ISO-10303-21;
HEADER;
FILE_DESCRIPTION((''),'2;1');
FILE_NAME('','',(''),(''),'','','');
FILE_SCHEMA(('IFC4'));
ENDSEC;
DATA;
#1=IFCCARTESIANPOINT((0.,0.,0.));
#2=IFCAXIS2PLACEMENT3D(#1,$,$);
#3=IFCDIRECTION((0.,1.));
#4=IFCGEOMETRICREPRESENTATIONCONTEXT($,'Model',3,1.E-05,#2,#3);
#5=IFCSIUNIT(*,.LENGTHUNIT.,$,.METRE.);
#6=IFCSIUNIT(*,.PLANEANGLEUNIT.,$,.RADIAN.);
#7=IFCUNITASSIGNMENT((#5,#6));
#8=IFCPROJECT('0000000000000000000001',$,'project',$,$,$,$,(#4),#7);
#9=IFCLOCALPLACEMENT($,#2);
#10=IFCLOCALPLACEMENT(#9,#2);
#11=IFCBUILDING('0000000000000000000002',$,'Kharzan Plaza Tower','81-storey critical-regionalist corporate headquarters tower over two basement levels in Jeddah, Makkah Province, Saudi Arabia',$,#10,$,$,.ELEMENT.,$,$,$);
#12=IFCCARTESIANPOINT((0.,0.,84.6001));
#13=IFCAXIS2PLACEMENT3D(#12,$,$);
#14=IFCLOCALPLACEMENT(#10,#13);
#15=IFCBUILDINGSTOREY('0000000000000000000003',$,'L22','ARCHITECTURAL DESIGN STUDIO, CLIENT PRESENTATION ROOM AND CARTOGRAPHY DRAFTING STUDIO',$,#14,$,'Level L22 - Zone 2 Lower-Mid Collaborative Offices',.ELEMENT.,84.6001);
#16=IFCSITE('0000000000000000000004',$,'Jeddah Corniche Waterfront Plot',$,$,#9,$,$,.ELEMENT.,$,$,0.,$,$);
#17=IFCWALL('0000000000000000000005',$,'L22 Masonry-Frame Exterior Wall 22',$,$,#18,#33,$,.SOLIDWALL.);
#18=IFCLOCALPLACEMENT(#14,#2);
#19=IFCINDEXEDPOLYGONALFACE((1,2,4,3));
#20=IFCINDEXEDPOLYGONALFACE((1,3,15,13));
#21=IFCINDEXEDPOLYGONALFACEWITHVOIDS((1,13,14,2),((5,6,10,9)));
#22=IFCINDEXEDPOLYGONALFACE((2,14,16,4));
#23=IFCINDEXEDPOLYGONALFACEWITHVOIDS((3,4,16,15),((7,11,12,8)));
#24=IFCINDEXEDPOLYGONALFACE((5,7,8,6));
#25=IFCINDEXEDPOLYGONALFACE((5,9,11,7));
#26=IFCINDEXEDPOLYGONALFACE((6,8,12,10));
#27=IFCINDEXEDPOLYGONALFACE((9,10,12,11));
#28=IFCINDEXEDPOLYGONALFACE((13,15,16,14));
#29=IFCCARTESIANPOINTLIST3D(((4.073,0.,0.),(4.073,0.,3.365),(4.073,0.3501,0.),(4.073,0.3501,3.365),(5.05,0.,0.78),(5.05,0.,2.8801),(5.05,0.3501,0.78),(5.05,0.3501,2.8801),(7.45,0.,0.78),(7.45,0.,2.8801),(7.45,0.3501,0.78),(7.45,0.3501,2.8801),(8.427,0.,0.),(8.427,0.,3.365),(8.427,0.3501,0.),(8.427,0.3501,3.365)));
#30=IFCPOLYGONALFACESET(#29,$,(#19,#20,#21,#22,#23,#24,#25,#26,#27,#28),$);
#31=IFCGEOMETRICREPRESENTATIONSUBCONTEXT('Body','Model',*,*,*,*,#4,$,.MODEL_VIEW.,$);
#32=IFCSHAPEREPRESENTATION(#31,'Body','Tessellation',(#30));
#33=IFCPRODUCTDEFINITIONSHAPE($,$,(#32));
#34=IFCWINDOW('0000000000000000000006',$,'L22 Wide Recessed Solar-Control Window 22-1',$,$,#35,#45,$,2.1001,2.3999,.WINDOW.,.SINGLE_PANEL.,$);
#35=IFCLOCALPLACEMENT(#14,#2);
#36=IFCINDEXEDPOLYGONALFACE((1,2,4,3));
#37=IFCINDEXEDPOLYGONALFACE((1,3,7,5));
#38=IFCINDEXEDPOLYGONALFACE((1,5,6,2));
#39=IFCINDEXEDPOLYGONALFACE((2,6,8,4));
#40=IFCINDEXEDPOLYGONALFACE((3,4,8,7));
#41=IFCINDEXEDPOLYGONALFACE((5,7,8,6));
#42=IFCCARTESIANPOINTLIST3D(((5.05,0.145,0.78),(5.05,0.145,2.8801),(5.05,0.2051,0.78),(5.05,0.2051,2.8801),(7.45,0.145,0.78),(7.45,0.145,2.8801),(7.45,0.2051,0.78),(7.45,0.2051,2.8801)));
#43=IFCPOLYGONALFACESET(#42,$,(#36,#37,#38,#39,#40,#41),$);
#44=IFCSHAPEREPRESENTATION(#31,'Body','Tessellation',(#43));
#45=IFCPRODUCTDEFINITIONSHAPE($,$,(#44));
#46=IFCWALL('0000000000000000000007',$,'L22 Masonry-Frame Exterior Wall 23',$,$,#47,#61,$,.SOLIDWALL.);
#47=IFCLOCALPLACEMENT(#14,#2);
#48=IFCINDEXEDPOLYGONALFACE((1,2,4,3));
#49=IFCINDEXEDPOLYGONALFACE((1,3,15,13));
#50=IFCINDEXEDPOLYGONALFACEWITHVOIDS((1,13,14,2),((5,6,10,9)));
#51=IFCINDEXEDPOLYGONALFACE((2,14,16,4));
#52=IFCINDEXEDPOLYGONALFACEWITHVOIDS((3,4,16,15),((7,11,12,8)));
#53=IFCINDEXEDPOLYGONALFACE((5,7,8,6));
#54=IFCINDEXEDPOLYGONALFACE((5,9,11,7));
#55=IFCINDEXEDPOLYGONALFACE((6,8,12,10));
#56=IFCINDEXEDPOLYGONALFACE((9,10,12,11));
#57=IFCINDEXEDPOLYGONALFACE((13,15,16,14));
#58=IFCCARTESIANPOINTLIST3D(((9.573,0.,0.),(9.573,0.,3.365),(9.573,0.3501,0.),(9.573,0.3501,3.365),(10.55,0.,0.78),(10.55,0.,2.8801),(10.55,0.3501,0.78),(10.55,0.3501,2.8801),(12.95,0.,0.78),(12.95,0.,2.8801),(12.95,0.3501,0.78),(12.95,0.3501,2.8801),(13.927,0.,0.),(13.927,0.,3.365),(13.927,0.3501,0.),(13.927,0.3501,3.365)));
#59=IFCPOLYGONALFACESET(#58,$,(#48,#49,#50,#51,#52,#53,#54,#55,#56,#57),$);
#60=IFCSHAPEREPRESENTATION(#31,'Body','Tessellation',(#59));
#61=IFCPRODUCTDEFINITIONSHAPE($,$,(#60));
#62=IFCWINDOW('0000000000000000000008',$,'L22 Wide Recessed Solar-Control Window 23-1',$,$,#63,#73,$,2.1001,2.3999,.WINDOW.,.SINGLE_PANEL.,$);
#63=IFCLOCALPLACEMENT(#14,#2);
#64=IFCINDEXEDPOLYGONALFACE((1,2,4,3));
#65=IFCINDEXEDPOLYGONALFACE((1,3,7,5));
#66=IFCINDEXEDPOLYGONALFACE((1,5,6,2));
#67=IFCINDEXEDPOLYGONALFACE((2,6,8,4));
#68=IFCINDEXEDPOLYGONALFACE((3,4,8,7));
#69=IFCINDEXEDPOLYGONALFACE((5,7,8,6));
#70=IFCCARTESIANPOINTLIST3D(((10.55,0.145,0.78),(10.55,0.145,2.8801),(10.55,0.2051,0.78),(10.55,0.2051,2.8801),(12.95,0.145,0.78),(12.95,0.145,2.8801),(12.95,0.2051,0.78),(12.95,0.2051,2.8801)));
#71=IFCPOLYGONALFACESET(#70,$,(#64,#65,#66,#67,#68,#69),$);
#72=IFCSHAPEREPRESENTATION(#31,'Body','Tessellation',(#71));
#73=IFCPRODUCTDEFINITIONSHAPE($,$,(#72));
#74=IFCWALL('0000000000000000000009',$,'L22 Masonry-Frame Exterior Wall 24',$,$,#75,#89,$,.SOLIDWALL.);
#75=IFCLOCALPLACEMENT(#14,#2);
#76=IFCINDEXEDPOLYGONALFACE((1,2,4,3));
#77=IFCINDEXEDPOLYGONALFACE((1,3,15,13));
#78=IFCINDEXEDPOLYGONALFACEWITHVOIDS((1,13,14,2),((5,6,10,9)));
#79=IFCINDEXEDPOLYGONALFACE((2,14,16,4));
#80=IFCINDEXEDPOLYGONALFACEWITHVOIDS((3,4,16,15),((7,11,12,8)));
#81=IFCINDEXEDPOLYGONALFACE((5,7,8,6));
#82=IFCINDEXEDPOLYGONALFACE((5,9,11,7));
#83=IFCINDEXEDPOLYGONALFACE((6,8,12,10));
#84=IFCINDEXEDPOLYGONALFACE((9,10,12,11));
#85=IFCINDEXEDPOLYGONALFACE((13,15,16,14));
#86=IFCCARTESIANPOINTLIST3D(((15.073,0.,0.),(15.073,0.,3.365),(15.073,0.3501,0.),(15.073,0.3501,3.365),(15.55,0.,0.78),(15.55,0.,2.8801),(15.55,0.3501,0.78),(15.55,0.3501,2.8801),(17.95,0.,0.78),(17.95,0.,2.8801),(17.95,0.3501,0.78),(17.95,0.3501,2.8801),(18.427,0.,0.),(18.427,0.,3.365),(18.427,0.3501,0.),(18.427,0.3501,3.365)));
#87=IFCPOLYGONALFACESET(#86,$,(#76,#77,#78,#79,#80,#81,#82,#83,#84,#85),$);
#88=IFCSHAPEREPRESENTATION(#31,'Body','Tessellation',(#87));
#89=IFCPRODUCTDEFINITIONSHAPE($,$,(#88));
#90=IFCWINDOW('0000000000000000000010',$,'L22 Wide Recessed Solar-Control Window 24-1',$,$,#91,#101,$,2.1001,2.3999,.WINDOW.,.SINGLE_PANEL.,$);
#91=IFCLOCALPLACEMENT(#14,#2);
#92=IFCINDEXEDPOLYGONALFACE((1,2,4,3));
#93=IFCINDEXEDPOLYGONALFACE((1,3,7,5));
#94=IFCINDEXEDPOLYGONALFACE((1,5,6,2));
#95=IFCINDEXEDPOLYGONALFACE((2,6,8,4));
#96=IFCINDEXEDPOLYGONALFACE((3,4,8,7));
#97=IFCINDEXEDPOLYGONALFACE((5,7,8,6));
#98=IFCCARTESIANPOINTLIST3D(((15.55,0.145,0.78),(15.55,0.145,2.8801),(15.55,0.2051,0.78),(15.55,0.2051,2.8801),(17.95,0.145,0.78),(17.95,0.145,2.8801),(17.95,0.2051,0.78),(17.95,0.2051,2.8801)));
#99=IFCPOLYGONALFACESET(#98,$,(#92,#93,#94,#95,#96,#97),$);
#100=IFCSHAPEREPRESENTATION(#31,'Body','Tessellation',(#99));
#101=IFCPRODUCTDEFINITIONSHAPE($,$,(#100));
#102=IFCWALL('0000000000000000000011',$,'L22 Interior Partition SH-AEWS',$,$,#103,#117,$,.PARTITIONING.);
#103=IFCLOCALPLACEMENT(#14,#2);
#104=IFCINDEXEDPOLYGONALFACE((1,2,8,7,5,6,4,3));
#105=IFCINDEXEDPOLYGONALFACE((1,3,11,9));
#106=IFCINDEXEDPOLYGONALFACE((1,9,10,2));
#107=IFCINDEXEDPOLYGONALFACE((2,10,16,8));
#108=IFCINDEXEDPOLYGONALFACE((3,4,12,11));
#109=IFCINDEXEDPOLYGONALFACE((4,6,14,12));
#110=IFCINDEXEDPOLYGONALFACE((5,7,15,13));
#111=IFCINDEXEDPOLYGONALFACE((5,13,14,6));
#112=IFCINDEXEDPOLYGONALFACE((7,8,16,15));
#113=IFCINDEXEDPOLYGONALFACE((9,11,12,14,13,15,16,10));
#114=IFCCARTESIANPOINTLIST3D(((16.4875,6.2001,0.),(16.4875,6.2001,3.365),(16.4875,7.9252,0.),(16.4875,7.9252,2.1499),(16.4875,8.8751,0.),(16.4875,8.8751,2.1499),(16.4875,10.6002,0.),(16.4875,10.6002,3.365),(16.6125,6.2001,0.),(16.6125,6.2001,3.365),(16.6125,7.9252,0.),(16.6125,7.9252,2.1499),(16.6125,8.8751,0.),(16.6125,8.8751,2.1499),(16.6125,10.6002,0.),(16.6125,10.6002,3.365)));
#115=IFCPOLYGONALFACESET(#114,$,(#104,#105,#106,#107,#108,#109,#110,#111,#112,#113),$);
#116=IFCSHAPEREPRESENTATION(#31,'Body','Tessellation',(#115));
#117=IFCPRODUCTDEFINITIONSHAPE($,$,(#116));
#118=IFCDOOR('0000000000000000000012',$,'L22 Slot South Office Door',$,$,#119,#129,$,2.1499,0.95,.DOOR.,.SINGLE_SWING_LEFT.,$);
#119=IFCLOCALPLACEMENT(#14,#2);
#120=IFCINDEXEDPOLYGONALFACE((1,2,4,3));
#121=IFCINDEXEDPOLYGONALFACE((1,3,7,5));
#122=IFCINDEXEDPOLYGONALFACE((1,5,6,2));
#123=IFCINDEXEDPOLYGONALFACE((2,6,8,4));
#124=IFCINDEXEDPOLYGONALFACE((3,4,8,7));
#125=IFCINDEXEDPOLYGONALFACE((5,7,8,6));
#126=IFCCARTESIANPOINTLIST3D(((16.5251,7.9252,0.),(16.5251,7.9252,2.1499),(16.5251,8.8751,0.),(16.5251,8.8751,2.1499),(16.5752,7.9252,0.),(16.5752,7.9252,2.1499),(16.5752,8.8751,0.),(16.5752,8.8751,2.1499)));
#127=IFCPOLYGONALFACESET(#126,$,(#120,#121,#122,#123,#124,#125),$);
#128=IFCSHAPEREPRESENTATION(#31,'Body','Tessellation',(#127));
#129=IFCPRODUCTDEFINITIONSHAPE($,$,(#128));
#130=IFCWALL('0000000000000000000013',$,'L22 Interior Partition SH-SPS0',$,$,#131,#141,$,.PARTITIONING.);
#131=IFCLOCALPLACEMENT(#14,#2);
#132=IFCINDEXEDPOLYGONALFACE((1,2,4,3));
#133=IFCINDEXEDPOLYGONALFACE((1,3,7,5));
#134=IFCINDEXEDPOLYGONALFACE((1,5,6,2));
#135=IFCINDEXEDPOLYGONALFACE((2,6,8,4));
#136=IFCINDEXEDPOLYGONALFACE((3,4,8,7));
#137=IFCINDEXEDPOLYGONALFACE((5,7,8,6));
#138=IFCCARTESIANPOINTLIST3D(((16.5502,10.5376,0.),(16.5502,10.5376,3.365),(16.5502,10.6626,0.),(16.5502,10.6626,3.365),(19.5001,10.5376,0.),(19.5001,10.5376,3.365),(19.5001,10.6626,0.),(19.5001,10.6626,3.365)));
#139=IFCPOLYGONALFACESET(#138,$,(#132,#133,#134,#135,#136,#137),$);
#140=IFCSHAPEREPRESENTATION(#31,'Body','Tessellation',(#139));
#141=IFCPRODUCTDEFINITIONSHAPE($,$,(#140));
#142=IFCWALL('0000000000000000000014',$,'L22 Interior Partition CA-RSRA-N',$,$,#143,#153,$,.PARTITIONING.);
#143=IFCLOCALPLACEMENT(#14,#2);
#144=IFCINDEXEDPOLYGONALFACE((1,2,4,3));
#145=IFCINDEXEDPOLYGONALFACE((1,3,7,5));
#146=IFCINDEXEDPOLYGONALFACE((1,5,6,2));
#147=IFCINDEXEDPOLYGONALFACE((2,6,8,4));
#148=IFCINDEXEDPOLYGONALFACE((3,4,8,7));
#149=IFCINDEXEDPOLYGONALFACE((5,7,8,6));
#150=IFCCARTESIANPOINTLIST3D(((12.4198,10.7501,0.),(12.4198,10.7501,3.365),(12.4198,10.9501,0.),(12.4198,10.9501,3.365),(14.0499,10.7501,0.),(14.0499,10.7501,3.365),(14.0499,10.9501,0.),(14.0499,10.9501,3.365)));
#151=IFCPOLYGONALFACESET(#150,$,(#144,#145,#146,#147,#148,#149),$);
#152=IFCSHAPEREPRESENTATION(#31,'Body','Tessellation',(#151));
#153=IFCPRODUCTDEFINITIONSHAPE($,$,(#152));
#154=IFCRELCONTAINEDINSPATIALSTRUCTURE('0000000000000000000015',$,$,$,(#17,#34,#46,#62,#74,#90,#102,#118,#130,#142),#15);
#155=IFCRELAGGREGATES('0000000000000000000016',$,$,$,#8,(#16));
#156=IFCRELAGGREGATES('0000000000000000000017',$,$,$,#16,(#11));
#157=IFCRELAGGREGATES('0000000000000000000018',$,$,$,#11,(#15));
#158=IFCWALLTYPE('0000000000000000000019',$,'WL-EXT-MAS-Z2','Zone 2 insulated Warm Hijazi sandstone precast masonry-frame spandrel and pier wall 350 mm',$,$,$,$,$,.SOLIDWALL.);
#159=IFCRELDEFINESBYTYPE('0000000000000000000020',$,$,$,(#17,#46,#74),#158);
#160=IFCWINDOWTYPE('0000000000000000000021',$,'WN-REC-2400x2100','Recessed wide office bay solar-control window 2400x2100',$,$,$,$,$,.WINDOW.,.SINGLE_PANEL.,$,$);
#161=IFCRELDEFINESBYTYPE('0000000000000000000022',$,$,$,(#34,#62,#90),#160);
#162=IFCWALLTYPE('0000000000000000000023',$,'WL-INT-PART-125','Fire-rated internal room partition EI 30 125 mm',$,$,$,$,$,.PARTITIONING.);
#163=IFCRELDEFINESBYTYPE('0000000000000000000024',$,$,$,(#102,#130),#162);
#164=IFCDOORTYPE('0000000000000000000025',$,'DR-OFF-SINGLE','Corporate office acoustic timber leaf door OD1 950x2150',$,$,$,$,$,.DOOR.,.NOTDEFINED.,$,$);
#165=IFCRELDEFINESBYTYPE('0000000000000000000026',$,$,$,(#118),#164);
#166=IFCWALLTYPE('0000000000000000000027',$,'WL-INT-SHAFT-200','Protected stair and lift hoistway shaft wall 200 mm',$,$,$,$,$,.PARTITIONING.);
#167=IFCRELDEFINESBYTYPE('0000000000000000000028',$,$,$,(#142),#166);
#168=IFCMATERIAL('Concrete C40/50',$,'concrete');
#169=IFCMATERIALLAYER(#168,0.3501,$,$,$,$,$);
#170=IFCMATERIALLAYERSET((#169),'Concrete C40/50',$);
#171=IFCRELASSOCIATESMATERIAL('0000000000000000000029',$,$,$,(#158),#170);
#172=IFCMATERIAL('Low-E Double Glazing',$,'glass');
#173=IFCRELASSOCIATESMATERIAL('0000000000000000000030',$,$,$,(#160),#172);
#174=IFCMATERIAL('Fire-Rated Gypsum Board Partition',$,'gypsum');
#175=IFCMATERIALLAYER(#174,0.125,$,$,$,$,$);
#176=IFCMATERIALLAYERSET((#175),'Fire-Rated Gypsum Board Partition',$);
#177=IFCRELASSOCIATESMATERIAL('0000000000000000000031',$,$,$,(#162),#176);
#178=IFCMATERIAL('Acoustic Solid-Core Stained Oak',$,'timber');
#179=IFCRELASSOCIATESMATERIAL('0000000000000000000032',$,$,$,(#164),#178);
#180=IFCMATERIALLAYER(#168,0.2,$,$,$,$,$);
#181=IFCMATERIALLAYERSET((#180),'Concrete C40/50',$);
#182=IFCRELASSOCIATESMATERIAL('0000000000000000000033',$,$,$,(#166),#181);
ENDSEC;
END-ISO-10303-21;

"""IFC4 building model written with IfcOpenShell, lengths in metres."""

from ifc_helpers import new_model, si_unit, direction, frame, frame_2d, origin, place, context, subcontext, project, spatial, rectangle, extrude, source, transform, mapped, material, layer, layer_set, type_object, element, fill, save


model = new_model("IFC4")

# Units and contexts
model_context = context("Model", 3, precision=1e-05, world=origin(), true_north=direction((0.0, 1.0)))
body_context = subcontext(model_context, "Body", "Model", "MODEL_VIEW")
ifc_project = project(units=[si_unit("LENGTHUNIT", "METRE"), si_unit("PLANEANGLEUNIT", "RADIAN")], contexts=[model_context])

# Site, building, storey
site_placement = place(None, origin())
site = spatial("IfcSite", under=ifc_project, at=site_placement, Name="Jeddah Corniche Waterfront Plot", CompositionType="ELEMENT", RefElevation=0.0)
building_placement = place(site_placement, origin())
building = spatial("IfcBuilding", under=site, at=building_placement, Name="Kharzan Plaza Tower", Description="81-storey critical-regionalist corporate headquarters tower over two basement levels in Jeddah, Makkah Province, Saudi Arabia", CompositionType="ELEMENT")
storey_placement = place(building_placement, frame((0.0, 0.0, 84.6001)))
storey = spatial("IfcBuildingStorey", under=building, at=storey_placement, Name="L22", Description="ARCHITECTURAL DESIGN STUDIO, CLIENT PRESENTATION ROOM AND CARTOGRAPHY DRAFTING STUDIO", LongName="Level L22 - Zone 2 Lower-Mid Collaborative Offices", CompositionType="ELEMENT", Elevation=84.6001)

# Walls, openings, windows
ifc_material_1 = material(Name="Concrete C40/50", Category="concrete")
ifc_layer_1 = layer(ifc_material_1, 0.3501)
ifc_layer_set_1 = layer_set([ifc_layer_1], Name="Concrete C40/50")
wall_type_1 = type_object("IfcWallType", Name="WL-EXT-MAS-Z2", Description="Zone 2 insulated Warm Hijazi sandstone precast masonry-frame spandrel and pier wall 350 mm", PredefinedType="SOLIDWALL", material=ifc_layer_set_1)
wall_1_placement = place(storey_placement, frame((4.073, 0.175, 0.0), z_axis=(0.0, 0.0, 1.0), x_axis=(1.0, 0.0, 0.0)))
wall_1 = element("IfcWall", 1, at=wall_1_placement, inside=storey, type_object=wall_type_1, Name="L22 Masonry-Frame Exterior Wall 22", PredefinedType="SOLIDWALL", context=body_context, shape_type="SweptSolid", body=[
    extrude(rectangle(XDim=4.354, YDim=0.3501, at=frame_2d((2.177, 0.0))), origin(), (0.0, 0.0, 1.0), 3.365),
])
opening_1_placement = place(wall_1_placement, frame((0.9771, 0.0, 0.78)))
opening_1 = element("IfcOpeningElement", 2, at=opening_1_placement, cuts=wall_1, PredefinedType="OPENING", context=body_context, shape_type="SweptSolid", body=[
    extrude(rectangle(XDim=2.3999, YDim=2.1001, at=frame_2d((1.2, 1.05))), frame((0.0, 0.1851, 0.0), z_axis=(0.0, -1.0, 0.0), x_axis=(1.0, 0.0, 0.0)), (0.0, 0.0, 1.0), 0.3701),
])
ifc_material_2 = material(Name="Low-E Double Glazing", Category="glass")
window_type = type_object("IfcWindowType", Name="WN-REC-2400x2100", Description="Recessed wide office bay solar-control window 2400x2100", PartitioningType="SINGLE_PANEL", PredefinedType="WINDOW", material=ifc_material_2)
shared_shape_1 = source(origin(), body_context, "Body", "SweptSolid", [
    extrude(rectangle(XDim=2.3999, YDim=2.1001, at=frame_2d((1.2, 1.05))), frame((0.0, 0.03, 0.0), z_axis=(0.0, -1.0, 0.0), x_axis=(1.0, 0.0, 0.0)), (0.0, 0.0, 1.0), 0.0601),
])
window_1_placement = place(opening_1_placement, origin())
window_1 = element("IfcWindow", 3, at=window_1_placement, inside=storey, type_object=window_type, Name="L22 Wide Recessed Solar-Control Window 22-1", OverallHeight=2.1001, OverallWidth=2.3999, PartitioningType="SINGLE_PANEL", PredefinedType="WINDOW", context=body_context, shape_type="MappedRepresentation", body=[
    mapped(shared_shape_1, transform((0.0, 0.0, 0.0), x_axis=(1.0, 0.0, 0.0), y_axis=(0.0, 1.0, 0.0), z_axis=(0.0, 0.0, 1.0))),
])
fill(opening_1, window_1)
wall_2_placement = place(storey_placement, frame((9.573, 0.175, 0.0), z_axis=(0.0, 0.0, 1.0), x_axis=(1.0, 0.0, 0.0)))
wall_2 = element("IfcWall", 4, at=wall_2_placement, inside=storey, type_object=wall_type_1, Name="L22 Masonry-Frame Exterior Wall 23", PredefinedType="SOLIDWALL", context=body_context, shape_type="SweptSolid", body=[
    extrude(rectangle(XDim=4.354, YDim=0.3501, at=frame_2d((2.177, 0.0))), origin(), (0.0, 0.0, 1.0), 3.365),
])
opening_2_placement = place(wall_2_placement, frame((0.9771, 0.0, 0.78)))
opening_2 = element("IfcOpeningElement", 5, at=opening_2_placement, cuts=wall_2, PredefinedType="OPENING", context=body_context, shape_type="SweptSolid", body=[
    extrude(rectangle(XDim=2.3999, YDim=2.1001, at=frame_2d((1.2, 1.05))), frame((0.0, 0.1851, 0.0), z_axis=(0.0, -1.0, 0.0), x_axis=(1.0, 0.0, 0.0)), (0.0, 0.0, 1.0), 0.3701),
])
window_2_placement = place(opening_2_placement, origin())
window_2 = element("IfcWindow", 6, at=window_2_placement, inside=storey, type_object=window_type, Name="L22 Wide Recessed Solar-Control Window 23-1", OverallHeight=2.1001, OverallWidth=2.3999, PartitioningType="SINGLE_PANEL", PredefinedType="WINDOW", context=body_context, shape_type="MappedRepresentation", body=[
    mapped(shared_shape_1, transform((0.0, 0.0, 0.0), x_axis=(1.0, 0.0, 0.0), y_axis=(0.0, 1.0, 0.0), z_axis=(0.0, 0.0, 1.0))),
])
fill(opening_2, window_2)
wall_3_placement = place(storey_placement, frame((15.073, 0.175, 0.0), z_axis=(0.0, 0.0, 1.0), x_axis=(1.0, 0.0, 0.0)))
wall_3 = element("IfcWall", 7, at=wall_3_placement, inside=storey, type_object=wall_type_1, Name="L22 Masonry-Frame Exterior Wall 24", PredefinedType="SOLIDWALL", context=body_context, shape_type="SweptSolid", body=[
    extrude(rectangle(XDim=3.354, YDim=0.3501, at=frame_2d((1.677, 0.0))), origin(), (0.0, 0.0, 1.0), 3.365),
])
opening_3_placement = place(wall_3_placement, frame((0.4771, 0.0, 0.78)))
opening_3 = element("IfcOpeningElement", 8, at=opening_3_placement, cuts=wall_3, PredefinedType="OPENING", context=body_context, shape_type="SweptSolid", body=[
    extrude(rectangle(XDim=2.3999, YDim=2.1001, at=frame_2d((1.2, 1.05))), frame((0.0, 0.1851, 0.0), z_axis=(0.0, -1.0, 0.0), x_axis=(1.0, 0.0, 0.0)), (0.0, 0.0, 1.0), 0.3701),
])
window_3_placement = place(opening_3_placement, origin())
window_3 = element("IfcWindow", 9, at=window_3_placement, inside=storey, type_object=window_type, Name="L22 Wide Recessed Solar-Control Window 24-1", OverallHeight=2.1001, OverallWidth=2.3999, PartitioningType="SINGLE_PANEL", PredefinedType="WINDOW", context=body_context, shape_type="MappedRepresentation", body=[
    mapped(shared_shape_1, transform((0.0, 0.0, 0.0), x_axis=(1.0, 0.0, 0.0), y_axis=(0.0, 1.0, 0.0), z_axis=(0.0, 0.0, 1.0))),
])
fill(opening_3, window_3)

# Wall, opening, door
ifc_material_3 = material(Name="Fire-Rated Gypsum Board Partition", Category="gypsum")
ifc_layer_2 = layer(ifc_material_3, 0.125)
ifc_layer_set_2 = layer_set([ifc_layer_2], Name="Fire-Rated Gypsum Board Partition")
wall_type_2 = type_object("IfcWallType", Name="WL-INT-PART-125", Description="Fire-rated internal room partition EI 30 125 mm", PredefinedType="PARTITIONING", material=ifc_layer_set_2)
wall_4_placement = place(storey_placement, frame((16.55, 6.2, 0.0), z_axis=(0.0, 0.0, 1.0), x_axis=(0.0, 1.0, 0.0)))
wall_4 = element("IfcWall", 10, at=wall_4_placement, inside=storey, type_object=wall_type_2, Name="L22 Interior Partition SH-AEWS", PredefinedType="PARTITIONING", context=body_context, shape_type="SweptSolid", body=[
    extrude(rectangle(XDim=4.4001, YDim=0.125, at=frame_2d((2.2002, 0.0))), origin(), (0.0, 0.0, 1.0), 3.365),
])
opening_4_placement = place(wall_4_placement, frame((1.7251, 0.0, 0.0)))
opening_4 = element("IfcOpeningElement", 11, at=opening_4_placement, cuts=wall_4, PredefinedType="OPENING", context=body_context, shape_type="SweptSolid", body=[
    extrude(rectangle(XDim=0.95, YDim=2.1499, at=frame_2d((0.4751, 1.075))), frame((0.0, 0.0725, 0.0), z_axis=(0.0, -1.0, 0.0), x_axis=(1.0, 0.0, 0.0)), (0.0, 0.0, 1.0), 0.145),
])
ifc_material_4 = material(Name="Acoustic Solid-Core Stained Oak", Category="timber")
door_type = type_object("IfcDoorType", Name="DR-OFF-SINGLE", Description="Corporate office acoustic timber leaf door OD1 950x2150", OperationType="NOTDEFINED", PredefinedType="DOOR", material=ifc_material_4)
shared_shape_2 = source(origin(), body_context, "Body", "SweptSolid", [
    extrude(rectangle(XDim=0.95, YDim=2.1499, at=frame_2d((0.4751, 1.075))), frame((0.0, 0.0249, 0.0), z_axis=(0.0, -1.0, 0.0), x_axis=(1.0, 0.0, 0.0)), (0.0, 0.0, 1.0), 0.05),
])
door_placement = place(opening_4_placement, origin())
door = element("IfcDoor", 12, at=door_placement, inside=storey, type_object=door_type, Name="L22 Slot South Office Door", OperationType="SINGLE_SWING_LEFT", OverallHeight=2.1499, OverallWidth=0.95, PredefinedType="DOOR", context=body_context, shape_type="MappedRepresentation", body=[
    mapped(shared_shape_2, transform((0.0, 0.0, 0.0), x_axis=(1.0, 0.0, 0.0), y_axis=(0.0, 1.0, 0.0), z_axis=(0.0, 0.0, 1.0))),
])
fill(opening_4, door)

# Walls
shared_shape_3 = source(origin(), body_context, "Body", "SweptSolid", [
    extrude(rectangle(XDim=2.95, YDim=0.125, at=frame_2d((1.4751, 0.0))), origin(), (0.0, 0.0, 1.0), 3.365),
])
wall_5_placement = place(storey_placement, frame((16.55, 10.6001, 0.0), z_axis=(0.0, 0.0, 1.0), x_axis=(1.0, 0.0, 0.0)))
element("IfcWall", 13, at=wall_5_placement, inside=storey, type_object=wall_type_2, Name="L22 Interior Partition SH-SPS0", PredefinedType="PARTITIONING", context=body_context, shape_type="MappedRepresentation", body=[
    mapped(shared_shape_3, transform((0.0, 0.0, 0.0), x_axis=(1.0, 0.0, 0.0), y_axis=(0.0, 1.0, 0.0), z_axis=(0.0, 0.0, 1.0))),
])
ifc_layer_3 = layer(ifc_material_1, 0.2)
ifc_layer_set_3 = layer_set([ifc_layer_3], Name="Concrete C40/50")
wall_type_3 = type_object("IfcWallType", Name="WL-INT-SHAFT-200", Description="Protected stair and lift hoistway shaft wall 200 mm", PredefinedType="PARTITIONING", material=ifc_layer_set_3)
shared_shape_4 = source(origin(), body_context, "Body", "SweptSolid", [
    extrude(rectangle(XDim=1.6301, YDim=0.2, at=frame_2d((0.8149, 0.0))), origin(), (0.0, 0.0, 1.0), 3.365),
])
wall_6_placement = place(storey_placement, frame((12.4199, 10.8501, 0.0), z_axis=(0.0, 0.0, 1.0), x_axis=(1.0, 0.0, 0.0)))
element("IfcWall", 14, at=wall_6_placement, inside=storey, type_object=wall_type_3, Name="L22 Interior Partition CA-RSRA-N", PredefinedType="PARTITIONING", context=body_context, shape_type="MappedRepresentation", body=[
    mapped(shared_shape_4, transform((0.0, 0.0, 0.0), x_axis=(1.0, 0.0, 0.0), y_axis=(0.0, 1.0, 0.0), z_axis=(0.0, 0.0, 1.0))),
])

save(model, "model.ifc")
